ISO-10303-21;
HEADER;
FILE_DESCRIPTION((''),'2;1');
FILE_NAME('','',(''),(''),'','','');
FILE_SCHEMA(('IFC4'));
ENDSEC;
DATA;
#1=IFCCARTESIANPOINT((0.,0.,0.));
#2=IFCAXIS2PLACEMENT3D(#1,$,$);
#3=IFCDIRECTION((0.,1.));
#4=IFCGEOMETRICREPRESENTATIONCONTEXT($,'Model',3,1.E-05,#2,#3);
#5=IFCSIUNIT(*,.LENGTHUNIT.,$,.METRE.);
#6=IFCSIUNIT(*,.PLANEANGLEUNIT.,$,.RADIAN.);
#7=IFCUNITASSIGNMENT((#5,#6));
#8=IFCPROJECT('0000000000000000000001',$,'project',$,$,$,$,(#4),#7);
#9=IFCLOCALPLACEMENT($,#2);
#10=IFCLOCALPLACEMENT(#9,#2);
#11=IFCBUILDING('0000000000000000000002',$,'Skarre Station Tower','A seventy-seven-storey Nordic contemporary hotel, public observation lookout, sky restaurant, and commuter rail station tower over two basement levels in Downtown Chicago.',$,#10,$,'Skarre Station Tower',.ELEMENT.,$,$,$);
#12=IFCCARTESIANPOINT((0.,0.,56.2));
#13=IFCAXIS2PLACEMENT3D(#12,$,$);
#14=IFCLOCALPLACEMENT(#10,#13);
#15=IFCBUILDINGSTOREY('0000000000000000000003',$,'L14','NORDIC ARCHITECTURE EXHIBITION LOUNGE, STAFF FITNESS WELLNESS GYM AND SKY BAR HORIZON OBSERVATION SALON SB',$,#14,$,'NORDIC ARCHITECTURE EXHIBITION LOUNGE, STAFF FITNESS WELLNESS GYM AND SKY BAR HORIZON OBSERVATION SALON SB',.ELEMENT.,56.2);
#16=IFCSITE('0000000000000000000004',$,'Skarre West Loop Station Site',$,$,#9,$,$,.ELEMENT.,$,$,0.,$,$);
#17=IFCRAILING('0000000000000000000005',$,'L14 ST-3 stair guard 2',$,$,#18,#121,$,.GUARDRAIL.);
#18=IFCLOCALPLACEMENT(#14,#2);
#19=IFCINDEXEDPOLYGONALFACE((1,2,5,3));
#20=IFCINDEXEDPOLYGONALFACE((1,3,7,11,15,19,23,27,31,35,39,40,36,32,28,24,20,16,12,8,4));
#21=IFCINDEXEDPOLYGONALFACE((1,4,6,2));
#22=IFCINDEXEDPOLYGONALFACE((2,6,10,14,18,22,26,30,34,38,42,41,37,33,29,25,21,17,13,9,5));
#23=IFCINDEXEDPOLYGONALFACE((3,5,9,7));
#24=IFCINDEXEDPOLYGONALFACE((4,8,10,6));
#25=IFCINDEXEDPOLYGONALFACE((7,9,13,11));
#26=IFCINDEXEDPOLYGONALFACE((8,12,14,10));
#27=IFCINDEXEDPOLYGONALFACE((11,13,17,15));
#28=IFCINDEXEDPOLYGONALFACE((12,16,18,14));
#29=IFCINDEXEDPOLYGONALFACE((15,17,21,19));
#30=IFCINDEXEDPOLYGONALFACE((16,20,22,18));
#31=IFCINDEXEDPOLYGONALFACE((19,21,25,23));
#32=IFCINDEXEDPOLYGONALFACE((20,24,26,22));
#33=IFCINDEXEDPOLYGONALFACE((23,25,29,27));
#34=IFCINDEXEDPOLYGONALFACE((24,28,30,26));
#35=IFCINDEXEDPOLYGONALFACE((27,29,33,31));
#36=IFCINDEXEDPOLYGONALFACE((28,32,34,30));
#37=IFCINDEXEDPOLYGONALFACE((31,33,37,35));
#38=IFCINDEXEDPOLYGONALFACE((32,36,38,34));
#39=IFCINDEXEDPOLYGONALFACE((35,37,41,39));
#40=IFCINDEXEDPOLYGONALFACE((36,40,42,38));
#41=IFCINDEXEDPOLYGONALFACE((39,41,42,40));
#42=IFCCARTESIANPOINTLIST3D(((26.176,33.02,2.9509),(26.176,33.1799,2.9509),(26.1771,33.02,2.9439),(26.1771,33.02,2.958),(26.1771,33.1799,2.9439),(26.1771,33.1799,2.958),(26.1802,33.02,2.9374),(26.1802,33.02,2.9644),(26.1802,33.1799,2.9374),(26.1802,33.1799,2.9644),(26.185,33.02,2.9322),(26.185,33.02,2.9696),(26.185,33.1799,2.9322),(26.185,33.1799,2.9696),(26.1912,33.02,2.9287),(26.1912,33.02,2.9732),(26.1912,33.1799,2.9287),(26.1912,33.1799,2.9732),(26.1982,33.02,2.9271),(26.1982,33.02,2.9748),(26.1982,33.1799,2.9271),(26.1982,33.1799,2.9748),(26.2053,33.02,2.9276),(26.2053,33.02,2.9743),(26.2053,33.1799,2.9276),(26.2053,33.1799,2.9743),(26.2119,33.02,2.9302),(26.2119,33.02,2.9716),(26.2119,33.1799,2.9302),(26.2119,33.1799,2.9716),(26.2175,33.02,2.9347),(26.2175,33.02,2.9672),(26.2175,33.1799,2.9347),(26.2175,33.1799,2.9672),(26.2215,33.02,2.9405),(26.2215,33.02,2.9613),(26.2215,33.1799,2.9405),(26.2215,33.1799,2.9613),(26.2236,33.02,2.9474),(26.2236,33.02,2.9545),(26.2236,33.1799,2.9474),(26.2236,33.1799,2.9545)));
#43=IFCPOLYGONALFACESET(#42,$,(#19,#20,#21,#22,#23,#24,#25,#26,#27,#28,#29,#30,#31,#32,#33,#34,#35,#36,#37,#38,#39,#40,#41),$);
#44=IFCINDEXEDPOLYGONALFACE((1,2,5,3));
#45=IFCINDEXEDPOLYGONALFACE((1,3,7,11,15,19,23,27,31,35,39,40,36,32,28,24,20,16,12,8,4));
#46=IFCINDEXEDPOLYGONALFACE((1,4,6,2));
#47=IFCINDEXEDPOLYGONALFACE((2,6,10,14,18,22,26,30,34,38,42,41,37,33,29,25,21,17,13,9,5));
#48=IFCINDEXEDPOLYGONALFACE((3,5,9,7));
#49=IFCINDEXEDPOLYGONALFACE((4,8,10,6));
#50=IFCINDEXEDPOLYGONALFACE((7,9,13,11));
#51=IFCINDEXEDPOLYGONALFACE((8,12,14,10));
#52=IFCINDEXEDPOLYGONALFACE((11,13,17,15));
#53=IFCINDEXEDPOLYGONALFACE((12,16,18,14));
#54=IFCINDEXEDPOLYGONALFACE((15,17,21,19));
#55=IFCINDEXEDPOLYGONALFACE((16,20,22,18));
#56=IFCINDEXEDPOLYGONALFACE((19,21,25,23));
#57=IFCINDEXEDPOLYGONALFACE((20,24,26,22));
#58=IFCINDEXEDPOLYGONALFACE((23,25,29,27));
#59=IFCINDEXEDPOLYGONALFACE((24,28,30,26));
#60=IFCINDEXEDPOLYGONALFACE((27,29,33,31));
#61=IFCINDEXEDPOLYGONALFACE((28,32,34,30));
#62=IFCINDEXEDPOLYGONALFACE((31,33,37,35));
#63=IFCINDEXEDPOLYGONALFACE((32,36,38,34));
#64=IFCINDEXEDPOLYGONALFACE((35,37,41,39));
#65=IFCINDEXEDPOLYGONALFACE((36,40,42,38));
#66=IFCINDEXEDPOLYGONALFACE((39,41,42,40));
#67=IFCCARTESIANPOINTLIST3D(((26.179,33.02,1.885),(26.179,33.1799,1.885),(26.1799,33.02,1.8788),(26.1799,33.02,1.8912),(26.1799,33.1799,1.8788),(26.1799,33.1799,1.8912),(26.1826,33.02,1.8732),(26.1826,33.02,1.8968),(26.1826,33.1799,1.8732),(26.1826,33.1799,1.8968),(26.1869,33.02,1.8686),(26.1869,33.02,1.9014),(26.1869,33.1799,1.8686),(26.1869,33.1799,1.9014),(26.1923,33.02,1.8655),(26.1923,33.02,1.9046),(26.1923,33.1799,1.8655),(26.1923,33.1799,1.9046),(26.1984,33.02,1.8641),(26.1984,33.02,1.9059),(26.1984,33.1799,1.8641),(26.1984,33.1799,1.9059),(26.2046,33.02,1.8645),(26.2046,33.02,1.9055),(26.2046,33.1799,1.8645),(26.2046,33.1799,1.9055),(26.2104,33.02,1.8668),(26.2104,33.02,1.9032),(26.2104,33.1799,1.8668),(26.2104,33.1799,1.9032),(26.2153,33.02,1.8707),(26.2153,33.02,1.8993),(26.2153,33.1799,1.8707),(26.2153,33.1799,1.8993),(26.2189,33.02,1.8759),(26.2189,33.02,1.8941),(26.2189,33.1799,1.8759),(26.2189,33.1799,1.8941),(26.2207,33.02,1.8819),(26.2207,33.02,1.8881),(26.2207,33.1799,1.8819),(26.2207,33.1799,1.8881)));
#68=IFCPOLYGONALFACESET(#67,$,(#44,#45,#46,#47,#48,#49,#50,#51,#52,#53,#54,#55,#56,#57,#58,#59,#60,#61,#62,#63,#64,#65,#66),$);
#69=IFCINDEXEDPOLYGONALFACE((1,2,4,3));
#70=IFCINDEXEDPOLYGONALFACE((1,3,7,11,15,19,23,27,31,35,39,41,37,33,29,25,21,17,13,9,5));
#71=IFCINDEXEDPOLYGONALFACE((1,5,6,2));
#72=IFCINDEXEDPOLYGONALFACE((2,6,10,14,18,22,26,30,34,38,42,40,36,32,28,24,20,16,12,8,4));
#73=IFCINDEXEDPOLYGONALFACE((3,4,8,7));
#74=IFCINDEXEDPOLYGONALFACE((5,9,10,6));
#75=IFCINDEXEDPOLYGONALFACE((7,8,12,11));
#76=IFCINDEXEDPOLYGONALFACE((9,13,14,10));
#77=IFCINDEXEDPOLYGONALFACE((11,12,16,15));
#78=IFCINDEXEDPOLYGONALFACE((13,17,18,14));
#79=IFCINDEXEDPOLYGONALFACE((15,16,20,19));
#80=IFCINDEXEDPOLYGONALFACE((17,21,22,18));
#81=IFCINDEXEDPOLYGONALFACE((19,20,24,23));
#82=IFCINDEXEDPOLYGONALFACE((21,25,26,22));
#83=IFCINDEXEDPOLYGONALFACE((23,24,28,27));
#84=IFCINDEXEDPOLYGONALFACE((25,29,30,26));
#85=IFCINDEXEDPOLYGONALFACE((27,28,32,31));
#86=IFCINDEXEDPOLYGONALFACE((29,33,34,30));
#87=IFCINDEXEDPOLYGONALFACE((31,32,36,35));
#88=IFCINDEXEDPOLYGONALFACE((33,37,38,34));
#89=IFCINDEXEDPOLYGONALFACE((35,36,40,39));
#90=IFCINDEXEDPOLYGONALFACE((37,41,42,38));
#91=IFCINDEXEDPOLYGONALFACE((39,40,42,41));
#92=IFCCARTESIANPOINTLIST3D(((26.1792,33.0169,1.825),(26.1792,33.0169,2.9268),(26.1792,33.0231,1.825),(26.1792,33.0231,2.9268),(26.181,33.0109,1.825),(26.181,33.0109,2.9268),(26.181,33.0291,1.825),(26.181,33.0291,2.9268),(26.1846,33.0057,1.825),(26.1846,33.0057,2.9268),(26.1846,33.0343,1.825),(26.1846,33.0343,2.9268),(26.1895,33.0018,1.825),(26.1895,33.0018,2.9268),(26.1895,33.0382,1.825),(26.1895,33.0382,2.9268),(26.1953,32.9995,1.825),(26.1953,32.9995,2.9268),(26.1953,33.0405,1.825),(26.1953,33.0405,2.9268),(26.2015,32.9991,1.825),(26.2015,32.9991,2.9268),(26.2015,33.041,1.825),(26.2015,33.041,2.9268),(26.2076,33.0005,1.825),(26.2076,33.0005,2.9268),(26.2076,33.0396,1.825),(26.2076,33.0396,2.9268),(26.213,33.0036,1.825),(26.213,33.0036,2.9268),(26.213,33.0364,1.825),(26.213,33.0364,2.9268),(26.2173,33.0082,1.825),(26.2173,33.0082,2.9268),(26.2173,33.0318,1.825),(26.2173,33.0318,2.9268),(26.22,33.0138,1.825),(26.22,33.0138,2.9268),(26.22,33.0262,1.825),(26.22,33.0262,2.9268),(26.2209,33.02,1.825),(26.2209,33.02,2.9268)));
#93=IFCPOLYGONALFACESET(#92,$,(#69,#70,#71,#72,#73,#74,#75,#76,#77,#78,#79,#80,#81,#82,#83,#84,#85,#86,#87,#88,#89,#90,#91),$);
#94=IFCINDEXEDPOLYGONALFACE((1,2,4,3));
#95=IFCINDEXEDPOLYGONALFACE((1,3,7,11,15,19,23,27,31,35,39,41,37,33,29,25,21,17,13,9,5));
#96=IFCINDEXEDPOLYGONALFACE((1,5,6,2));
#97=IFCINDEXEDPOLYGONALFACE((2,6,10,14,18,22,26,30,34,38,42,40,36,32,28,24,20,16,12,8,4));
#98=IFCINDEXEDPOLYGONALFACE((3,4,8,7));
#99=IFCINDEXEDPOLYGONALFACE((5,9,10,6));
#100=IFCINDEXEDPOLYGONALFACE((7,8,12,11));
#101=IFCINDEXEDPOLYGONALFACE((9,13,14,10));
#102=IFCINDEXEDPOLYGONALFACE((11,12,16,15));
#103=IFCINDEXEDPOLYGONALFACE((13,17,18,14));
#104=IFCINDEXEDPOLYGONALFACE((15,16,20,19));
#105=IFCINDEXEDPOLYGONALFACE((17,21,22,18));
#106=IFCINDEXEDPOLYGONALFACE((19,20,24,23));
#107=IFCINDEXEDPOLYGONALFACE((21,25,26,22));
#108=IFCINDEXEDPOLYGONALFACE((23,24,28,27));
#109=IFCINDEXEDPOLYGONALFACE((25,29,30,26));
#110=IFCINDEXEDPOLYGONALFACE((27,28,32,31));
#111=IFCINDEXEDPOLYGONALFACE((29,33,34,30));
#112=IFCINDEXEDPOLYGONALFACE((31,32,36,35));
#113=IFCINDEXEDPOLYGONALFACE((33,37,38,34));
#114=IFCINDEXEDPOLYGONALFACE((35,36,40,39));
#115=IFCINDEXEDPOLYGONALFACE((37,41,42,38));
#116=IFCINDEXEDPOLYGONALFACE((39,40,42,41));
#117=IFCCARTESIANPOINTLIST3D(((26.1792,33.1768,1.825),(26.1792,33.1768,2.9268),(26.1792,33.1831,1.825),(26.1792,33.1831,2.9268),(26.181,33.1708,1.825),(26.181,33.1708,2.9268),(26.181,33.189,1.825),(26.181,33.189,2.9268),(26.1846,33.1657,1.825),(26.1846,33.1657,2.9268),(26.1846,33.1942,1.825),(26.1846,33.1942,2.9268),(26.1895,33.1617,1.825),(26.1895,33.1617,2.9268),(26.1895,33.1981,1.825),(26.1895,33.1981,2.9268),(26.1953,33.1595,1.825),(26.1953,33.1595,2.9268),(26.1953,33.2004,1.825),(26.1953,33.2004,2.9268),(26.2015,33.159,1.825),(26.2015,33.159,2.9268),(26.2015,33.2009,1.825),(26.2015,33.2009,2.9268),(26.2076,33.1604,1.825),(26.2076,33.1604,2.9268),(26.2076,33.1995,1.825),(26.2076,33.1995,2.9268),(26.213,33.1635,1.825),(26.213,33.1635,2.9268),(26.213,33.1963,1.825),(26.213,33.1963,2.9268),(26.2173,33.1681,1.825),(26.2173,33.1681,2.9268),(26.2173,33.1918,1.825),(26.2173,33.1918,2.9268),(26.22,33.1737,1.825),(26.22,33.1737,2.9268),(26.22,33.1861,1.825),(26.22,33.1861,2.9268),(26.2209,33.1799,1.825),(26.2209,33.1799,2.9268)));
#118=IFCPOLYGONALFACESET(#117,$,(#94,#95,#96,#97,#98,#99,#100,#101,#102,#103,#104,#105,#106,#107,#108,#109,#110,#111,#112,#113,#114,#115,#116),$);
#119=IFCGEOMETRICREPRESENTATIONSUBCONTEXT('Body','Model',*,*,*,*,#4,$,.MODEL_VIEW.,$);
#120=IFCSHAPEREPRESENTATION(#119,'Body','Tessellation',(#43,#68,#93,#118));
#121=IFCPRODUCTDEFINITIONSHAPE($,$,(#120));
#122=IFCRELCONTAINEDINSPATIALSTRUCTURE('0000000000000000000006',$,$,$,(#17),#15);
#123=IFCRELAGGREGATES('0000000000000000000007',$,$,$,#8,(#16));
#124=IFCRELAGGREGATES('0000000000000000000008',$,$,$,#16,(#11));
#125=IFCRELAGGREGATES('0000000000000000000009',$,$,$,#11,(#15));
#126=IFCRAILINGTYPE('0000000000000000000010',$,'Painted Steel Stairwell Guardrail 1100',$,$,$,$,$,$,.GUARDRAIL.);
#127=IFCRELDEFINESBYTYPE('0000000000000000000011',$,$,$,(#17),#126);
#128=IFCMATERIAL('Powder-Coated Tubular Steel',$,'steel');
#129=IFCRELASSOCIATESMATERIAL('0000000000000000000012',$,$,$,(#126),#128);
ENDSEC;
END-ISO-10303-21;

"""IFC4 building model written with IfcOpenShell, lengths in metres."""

from ifc_helpers import new_model, si_unit, direction, frame, origin, origin_2d, place, context, subcontext, project, spatial, circle, extrude, material, type_object, element, save


model = new_model("IFC4")

# Units and contexts
model_context = context("Model", 3, precision=1e-05, world=origin(), true_north=direction((0.0, 1.0)))
body_context = subcontext(model_context, "Body", "Model", "MODEL_VIEW")
ifc_project = project(units=[si_unit("LENGTHUNIT", "METRE"), si_unit("PLANEANGLEUNIT", "RADIAN")], contexts=[model_context])

# Site, building, storey
site_placement = place(None, origin())
site = spatial("IfcSite", under=ifc_project, at=site_placement, Name="Skarre West Loop Station Site", CompositionType="ELEMENT", RefElevation=0.0)
building_placement = place(site_placement, origin())
building = spatial("IfcBuilding", under=site, at=building_placement, Name="Skarre Station Tower", Description="A seventy-seven-storey Nordic contemporary hotel, public observation lookout, sky restaurant, and commuter rail station tower over two basement levels in Downtown Chicago.", LongName="Skarre Station Tower", CompositionType="ELEMENT")
storey_placement = place(building_placement, frame((0.0, 0.0, 56.2)))
storey = spatial("IfcBuildingStorey", under=building, at=storey_placement, Name="L14", Description="NORDIC ARCHITECTURE EXHIBITION LOUNGE, STAFF FITNESS WELLNESS GYM AND SKY BAR HORIZON OBSERVATION SALON SB", LongName="NORDIC ARCHITECTURE EXHIBITION LOUNGE, STAFF FITNESS WELLNESS GYM AND SKY BAR HORIZON OBSERVATION SALON SB", CompositionType="ELEMENT", Elevation=56.2)

# Railing
ifc_material_1 = material(Name="Powder-Coated Tubular Steel", Category="steel")
railing_type_1 = type_object("IfcRailingType", Name="Painted Steel Stairwell Guardrail 1100", PredefinedType="GUARDRAIL", material=ifc_material_1)
railing_1_placement = place(storey_placement, frame((26.2, 33.02, 1.825)))
element("IfcRailing", 1, at=railing_1_placement, inside=storey, type_object=railing_type_1, Name="L14 ST-3 stair guard 2", PredefinedType="GUARDRAIL", context=body_context, shape_type="SweptSolid", body=[
    extrude(circle(Radius=0.0239, at=origin_2d()), frame((0.0, 0.0, 1.126), z_axis=(0.0, 1.0, 0.0), x_axis=(-1.0, 0.0, 0.0)), (0.0, 0.0, 1.0), 0.1599),
    extrude(circle(Radius=0.021, at=origin_2d()), frame((0.0, 0.0, 0.0601), z_axis=(0.0, 1.0, 0.0), x_axis=(-1.0, 0.0, 0.0)), (0.0, 0.0, 1.0), 0.1599),
    extrude(circle(Radius=0.021, at=origin_2d()), origin(), (0.0, 0.0, 1.0), 1.1018),
    extrude(circle(Radius=0.021, at=origin_2d()), frame((0.0, 0.1599, 0.0)), (0.0, 0.0, 1.0), 1.1018),
])

save(model, "model.ifc")
